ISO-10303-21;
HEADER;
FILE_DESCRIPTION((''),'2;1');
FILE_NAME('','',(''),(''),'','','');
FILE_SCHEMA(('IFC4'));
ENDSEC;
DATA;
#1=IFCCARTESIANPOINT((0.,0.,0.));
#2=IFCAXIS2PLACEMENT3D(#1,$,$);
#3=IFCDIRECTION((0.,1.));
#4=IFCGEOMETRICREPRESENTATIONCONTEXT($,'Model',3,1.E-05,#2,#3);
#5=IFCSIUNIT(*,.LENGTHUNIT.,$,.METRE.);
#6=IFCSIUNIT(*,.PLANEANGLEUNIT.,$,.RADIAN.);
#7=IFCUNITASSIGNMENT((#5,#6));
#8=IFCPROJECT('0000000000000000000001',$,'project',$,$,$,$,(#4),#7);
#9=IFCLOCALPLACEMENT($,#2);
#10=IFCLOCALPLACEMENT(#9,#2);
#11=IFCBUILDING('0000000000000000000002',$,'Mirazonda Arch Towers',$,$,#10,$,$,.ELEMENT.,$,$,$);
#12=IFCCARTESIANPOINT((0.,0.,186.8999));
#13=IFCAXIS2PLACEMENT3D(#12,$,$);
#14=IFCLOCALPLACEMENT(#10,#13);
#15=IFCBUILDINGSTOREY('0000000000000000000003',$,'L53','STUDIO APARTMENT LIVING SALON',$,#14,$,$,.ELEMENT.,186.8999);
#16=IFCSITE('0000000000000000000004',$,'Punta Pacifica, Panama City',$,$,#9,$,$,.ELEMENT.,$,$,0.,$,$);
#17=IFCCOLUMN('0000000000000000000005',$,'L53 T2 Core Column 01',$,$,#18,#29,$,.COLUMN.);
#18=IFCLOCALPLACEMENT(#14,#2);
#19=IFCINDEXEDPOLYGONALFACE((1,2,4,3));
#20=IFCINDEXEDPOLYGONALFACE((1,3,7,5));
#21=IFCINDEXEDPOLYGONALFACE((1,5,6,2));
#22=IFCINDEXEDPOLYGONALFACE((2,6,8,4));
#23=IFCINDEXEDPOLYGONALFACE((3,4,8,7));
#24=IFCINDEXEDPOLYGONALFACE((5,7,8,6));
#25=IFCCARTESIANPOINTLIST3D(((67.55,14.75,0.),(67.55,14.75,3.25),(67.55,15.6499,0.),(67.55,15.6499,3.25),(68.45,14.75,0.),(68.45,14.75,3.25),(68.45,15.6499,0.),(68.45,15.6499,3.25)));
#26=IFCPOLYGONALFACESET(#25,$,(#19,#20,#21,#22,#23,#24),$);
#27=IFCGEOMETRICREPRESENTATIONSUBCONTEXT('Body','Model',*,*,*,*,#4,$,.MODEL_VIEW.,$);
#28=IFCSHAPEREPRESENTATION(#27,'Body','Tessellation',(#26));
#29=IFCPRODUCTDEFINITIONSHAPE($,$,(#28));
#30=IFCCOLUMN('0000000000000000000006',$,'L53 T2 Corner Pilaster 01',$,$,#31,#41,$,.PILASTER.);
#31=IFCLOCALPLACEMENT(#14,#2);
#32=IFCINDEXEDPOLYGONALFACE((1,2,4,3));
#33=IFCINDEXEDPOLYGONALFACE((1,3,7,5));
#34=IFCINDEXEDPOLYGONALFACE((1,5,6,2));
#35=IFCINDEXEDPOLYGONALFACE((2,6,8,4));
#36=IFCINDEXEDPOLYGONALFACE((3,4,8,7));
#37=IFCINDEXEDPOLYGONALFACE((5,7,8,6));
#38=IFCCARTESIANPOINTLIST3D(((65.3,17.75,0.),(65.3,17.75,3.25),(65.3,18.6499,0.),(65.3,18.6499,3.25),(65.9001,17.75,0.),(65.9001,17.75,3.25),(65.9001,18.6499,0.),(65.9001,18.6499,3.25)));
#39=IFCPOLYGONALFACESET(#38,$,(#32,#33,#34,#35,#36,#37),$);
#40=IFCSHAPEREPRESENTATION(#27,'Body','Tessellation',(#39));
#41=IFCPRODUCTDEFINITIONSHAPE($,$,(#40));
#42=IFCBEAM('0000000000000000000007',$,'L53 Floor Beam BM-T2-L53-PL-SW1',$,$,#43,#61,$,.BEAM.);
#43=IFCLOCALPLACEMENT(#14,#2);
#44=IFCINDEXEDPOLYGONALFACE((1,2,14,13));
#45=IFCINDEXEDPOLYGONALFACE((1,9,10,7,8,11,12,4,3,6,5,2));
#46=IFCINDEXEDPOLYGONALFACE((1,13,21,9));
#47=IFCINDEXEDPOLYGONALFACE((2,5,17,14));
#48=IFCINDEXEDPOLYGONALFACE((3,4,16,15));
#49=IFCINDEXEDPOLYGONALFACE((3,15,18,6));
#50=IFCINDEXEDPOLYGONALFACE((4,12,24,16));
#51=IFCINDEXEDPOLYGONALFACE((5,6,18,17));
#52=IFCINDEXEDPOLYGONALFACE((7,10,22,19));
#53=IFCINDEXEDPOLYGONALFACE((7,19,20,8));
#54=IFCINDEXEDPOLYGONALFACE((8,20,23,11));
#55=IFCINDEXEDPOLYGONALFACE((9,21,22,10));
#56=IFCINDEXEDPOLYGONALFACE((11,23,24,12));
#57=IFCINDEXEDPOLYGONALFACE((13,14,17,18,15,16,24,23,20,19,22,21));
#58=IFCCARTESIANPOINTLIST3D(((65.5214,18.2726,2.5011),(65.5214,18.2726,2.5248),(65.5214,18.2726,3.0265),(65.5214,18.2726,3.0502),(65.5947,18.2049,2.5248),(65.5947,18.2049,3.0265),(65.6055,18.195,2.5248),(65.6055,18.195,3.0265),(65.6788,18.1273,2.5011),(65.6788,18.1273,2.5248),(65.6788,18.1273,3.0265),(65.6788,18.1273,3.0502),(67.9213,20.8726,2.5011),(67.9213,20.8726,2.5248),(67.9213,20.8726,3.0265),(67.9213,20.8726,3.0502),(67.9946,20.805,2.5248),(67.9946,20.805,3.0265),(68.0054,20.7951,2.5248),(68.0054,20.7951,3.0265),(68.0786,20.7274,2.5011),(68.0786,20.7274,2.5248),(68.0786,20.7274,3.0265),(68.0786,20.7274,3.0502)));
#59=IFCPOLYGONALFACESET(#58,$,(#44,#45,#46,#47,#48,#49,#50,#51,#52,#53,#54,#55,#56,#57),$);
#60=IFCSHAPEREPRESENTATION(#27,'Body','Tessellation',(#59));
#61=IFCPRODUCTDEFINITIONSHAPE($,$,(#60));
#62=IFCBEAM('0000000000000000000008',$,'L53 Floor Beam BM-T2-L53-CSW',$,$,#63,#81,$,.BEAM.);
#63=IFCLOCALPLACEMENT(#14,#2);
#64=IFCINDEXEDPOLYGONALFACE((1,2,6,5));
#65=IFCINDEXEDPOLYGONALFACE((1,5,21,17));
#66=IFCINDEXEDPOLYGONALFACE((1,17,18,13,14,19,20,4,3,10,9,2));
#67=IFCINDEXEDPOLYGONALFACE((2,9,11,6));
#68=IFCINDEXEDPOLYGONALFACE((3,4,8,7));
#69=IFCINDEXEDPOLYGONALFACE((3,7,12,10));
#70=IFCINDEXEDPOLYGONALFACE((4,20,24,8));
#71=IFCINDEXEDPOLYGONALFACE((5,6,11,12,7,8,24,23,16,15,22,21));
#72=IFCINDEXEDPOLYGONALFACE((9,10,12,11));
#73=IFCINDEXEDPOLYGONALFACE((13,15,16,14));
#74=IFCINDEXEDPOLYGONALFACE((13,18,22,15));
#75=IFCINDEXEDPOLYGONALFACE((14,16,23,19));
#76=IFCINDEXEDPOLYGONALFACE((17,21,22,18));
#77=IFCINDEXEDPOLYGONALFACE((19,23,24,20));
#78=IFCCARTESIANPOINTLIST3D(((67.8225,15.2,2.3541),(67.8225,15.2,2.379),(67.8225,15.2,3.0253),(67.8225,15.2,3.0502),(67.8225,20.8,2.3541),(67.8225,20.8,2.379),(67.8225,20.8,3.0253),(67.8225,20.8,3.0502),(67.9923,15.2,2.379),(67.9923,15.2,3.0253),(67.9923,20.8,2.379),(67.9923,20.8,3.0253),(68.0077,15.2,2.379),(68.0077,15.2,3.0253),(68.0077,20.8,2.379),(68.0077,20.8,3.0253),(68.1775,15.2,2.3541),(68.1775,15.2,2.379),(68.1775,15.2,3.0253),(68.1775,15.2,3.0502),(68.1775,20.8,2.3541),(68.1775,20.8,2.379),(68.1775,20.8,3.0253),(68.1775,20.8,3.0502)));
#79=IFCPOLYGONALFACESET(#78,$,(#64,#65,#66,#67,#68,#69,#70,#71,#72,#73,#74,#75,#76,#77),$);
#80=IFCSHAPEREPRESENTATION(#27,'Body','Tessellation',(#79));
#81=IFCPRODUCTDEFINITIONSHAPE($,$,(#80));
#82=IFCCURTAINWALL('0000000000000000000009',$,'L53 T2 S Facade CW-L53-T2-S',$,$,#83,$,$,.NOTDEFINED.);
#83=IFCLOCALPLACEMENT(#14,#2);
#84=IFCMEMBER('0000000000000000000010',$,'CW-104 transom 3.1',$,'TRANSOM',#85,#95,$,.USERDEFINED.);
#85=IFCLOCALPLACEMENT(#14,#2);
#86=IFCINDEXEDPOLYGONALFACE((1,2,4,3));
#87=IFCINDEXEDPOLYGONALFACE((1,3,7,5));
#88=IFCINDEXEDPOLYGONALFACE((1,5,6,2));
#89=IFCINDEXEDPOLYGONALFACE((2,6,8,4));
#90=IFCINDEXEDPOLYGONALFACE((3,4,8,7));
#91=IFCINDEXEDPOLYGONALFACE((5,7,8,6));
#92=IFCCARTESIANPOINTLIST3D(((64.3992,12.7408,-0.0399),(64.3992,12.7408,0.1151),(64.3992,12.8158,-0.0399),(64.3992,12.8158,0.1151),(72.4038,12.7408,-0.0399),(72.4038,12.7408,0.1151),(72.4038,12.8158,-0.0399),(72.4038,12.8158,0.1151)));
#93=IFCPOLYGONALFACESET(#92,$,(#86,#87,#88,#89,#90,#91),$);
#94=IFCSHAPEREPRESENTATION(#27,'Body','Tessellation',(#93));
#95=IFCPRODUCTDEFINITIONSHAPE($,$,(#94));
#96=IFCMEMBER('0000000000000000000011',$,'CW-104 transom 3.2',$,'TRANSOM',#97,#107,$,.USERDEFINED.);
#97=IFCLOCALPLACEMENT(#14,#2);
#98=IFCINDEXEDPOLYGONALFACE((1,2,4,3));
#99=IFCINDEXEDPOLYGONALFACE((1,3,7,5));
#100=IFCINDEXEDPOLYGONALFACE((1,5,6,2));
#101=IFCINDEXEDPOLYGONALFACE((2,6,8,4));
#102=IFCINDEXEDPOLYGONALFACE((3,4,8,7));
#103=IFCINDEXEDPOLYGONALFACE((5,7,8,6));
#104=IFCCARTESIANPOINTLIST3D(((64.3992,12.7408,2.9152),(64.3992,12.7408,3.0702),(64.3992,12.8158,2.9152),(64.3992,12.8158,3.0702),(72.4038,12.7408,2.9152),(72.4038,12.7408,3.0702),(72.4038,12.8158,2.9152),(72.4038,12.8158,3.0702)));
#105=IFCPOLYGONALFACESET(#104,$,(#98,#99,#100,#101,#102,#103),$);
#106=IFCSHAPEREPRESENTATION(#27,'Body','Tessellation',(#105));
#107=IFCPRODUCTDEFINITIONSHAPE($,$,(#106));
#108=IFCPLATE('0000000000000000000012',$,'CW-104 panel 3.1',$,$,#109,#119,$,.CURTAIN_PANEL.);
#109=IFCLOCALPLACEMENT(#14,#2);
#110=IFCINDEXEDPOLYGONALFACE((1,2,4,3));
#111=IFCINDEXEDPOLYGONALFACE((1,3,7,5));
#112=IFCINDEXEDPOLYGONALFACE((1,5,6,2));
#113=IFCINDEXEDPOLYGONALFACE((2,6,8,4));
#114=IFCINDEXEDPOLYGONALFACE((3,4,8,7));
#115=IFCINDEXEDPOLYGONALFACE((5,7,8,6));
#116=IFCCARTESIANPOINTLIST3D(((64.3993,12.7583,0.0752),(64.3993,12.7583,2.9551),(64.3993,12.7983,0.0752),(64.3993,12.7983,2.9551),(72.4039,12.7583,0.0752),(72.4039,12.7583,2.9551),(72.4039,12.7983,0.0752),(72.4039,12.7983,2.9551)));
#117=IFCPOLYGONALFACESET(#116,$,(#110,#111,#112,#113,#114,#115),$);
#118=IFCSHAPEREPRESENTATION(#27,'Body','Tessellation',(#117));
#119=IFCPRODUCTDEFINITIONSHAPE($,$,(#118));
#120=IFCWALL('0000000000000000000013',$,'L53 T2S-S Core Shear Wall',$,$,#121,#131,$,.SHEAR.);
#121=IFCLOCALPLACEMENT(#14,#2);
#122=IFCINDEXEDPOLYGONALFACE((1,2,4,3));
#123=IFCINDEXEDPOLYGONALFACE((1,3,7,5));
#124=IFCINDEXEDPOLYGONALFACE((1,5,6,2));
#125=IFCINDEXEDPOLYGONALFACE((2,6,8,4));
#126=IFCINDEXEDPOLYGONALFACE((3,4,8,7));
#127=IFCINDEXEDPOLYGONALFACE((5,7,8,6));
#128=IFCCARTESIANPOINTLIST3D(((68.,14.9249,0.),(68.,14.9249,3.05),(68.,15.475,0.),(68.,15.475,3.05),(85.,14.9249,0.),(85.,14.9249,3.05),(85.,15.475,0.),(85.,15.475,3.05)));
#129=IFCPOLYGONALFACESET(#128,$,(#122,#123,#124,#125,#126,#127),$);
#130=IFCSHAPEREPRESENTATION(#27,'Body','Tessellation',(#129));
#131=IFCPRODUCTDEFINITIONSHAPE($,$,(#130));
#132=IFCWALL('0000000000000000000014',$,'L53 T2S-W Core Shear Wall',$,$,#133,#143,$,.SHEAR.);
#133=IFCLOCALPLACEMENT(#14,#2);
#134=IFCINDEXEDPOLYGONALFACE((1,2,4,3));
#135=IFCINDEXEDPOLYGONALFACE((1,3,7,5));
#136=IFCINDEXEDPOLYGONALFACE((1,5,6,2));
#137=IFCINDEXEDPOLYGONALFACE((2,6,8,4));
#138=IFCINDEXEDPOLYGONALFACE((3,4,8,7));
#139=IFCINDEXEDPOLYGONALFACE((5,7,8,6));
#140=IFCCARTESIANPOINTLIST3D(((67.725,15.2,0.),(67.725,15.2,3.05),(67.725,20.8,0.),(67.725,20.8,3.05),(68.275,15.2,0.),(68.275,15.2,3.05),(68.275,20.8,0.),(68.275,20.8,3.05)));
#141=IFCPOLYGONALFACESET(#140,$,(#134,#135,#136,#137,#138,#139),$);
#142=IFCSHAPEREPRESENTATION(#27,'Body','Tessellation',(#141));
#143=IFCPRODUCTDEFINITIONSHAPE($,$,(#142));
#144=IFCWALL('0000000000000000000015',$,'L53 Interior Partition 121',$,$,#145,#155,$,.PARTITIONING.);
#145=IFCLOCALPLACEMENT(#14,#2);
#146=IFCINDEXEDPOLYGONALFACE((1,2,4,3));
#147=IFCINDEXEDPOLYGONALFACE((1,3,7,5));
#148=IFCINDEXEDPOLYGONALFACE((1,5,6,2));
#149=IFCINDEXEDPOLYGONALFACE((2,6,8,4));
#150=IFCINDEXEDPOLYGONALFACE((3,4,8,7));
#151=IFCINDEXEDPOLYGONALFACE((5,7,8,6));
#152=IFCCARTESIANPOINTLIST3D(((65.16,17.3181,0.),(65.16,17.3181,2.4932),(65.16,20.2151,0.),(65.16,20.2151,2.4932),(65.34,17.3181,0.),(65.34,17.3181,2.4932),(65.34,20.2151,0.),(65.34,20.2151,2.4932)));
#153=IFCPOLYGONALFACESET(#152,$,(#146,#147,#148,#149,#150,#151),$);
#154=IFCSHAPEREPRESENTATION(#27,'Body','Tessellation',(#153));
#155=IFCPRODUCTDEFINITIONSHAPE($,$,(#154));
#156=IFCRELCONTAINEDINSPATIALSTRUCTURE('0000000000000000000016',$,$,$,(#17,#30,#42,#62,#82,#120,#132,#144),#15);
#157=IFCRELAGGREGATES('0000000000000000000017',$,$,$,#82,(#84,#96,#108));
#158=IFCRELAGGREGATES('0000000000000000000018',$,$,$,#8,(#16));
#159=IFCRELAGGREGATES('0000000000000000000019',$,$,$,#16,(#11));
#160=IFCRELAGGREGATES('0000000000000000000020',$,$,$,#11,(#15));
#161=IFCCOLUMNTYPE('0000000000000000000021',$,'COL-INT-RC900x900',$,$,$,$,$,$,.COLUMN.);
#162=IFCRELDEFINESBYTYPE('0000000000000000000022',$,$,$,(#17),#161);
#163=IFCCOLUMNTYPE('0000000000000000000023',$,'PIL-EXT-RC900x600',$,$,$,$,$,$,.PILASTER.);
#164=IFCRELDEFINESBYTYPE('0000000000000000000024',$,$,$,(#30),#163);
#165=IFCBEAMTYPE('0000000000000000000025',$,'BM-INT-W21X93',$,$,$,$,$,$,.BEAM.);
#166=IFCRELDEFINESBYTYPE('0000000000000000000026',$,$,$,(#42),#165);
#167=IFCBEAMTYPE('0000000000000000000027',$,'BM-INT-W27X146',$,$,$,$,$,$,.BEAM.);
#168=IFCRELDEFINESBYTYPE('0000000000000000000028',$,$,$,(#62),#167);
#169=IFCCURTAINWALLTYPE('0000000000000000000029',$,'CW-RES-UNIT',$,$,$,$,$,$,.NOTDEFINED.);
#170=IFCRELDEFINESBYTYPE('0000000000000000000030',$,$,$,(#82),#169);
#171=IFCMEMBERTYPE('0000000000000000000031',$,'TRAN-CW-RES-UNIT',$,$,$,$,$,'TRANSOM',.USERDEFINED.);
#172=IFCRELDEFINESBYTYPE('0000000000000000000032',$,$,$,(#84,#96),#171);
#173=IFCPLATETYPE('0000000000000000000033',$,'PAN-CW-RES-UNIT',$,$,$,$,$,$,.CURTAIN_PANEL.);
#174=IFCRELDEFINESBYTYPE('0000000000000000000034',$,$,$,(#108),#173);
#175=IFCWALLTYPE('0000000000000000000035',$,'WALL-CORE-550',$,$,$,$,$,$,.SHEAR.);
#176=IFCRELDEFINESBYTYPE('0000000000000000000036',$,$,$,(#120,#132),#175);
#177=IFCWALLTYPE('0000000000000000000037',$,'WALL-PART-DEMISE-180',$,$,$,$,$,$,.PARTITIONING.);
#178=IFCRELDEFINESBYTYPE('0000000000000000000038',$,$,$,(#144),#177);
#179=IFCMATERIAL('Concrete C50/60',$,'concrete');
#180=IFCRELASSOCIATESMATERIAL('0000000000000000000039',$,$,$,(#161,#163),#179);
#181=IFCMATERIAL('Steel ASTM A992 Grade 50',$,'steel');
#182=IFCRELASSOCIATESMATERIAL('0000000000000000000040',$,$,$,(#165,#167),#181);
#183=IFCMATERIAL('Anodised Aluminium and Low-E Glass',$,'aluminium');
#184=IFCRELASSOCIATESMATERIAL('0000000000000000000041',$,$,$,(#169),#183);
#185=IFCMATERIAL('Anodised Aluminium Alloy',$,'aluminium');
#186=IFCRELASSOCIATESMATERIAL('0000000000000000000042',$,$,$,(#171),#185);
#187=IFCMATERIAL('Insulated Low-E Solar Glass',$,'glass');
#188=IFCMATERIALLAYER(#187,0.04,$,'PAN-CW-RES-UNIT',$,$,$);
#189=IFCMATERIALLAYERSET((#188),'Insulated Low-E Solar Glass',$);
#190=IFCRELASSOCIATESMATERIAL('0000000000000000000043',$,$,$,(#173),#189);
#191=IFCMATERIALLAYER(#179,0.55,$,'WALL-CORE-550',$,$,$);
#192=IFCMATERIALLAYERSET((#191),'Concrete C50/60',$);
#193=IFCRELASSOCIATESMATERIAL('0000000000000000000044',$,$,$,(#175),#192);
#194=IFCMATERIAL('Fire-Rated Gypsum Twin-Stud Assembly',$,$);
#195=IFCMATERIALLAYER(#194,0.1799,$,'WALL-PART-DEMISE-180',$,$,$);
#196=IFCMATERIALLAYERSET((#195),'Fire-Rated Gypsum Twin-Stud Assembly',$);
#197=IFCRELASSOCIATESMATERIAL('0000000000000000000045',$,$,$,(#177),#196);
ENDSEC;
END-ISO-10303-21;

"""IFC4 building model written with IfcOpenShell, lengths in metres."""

from ifc_helpers import new_model, si_unit, direction, frame, frame_2d, origin, origin_2d, place, context, subcontext, project, spatial, rectangle, i_section, extrude, material, layer, layer_set, material_profile, profile_set, type_object, element, aggregate, save


model = new_model("IFC4")

# Units and contexts
model_context = context("Model", 3, precision=1e-05, world=origin(), true_north=direction((0.0, 1.0)))
body_context = subcontext(model_context, "Body", "Model", "MODEL_VIEW")
ifc_project = project(units=[si_unit("LENGTHUNIT", "METRE"), si_unit("PLANEANGLEUNIT", "RADIAN")], contexts=[model_context])

# Site, building, storey
site_placement = place(None, origin())
site = spatial("IfcSite", under=ifc_project, at=site_placement, Name="Punta Pacifica, Panama City", CompositionType="ELEMENT", RefElevation=0.0)
building_placement = place(site_placement, origin())
building = spatial("IfcBuilding", under=site, at=building_placement, Name="Mirazonda Arch Towers", CompositionType="ELEMENT")
storey_placement = place(building_placement, frame((0.0, 0.0, 186.8999)))
storey = spatial("IfcBuildingStorey", under=building, at=storey_placement, Name="L53", Description="STUDIO APARTMENT LIVING SALON", CompositionType="ELEMENT", Elevation=186.8999)

# Columns
ifc_material_1 = material(Name="Concrete C50/60", Category="concrete")
ifc_material_profile_1 = material_profile(ifc_material_1, rectangle(XDim=0.8999, YDim=0.8999, at=origin_2d()), Name="RC900x900")
ifc_profile_set_1 = profile_set([ifc_material_profile_1], Name="Concrete C50/60")
column_type_1 = type_object("IfcColumnType", Name="COL-INT-RC900x900", PredefinedType="COLUMN", material=ifc_profile_set_1)
column_1_placement = place(storey_placement, frame((68.0, 15.2, 0.0), z_axis=(0.0, 0.0, 1.0), x_axis=(1.0, 0.0, 0.0)))
element("IfcColumn", 1, at=column_1_placement, inside=storey, type_object=column_type_1, Name="L53 T2 Core Column 01", PredefinedType="COLUMN", context=body_context, shape_type="SweptSolid", body=[
    extrude(rectangle(XDim=0.8999, YDim=0.8999, at=origin_2d()), origin(), (0.0, 0.0, 1.0), 3.25),
])
ifc_material_profile_2 = material_profile(ifc_material_1, rectangle(XDim=0.6001, YDim=0.8999, at=origin_2d()), Name="RC900x600")
ifc_profile_set_2 = profile_set([ifc_material_profile_2], Name="Concrete C50/60")
column_type_2 = type_object("IfcColumnType", Name="PIL-EXT-RC900x600", PredefinedType="PILASTER", material=ifc_profile_set_2)
column_2_placement = place(storey_placement, frame((65.6001, 18.2, 0.0), z_axis=(0.0, 0.0, 1.0), x_axis=(1.0, 0.0, 0.0)))
element("IfcColumn", 2, at=column_2_placement, inside=storey, type_object=column_type_2, Name="L53 T2 Corner Pilaster 01", PredefinedType="PILASTER", context=body_context, shape_type="SweptSolid", body=[
    extrude(rectangle(XDim=0.6001, YDim=0.8999, at=origin_2d()), origin(), (0.0, 0.0, 1.0), 3.25),
])

# Beams
ifc_material_2 = material(Name="Steel ASTM A992 Grade 50", Category="steel")
ifc_material_profile_3 = material_profile(ifc_material_2, i_section(OverallWidth=0.2141, OverallDepth=0.5491, WebThickness=0.0146, FlangeThickness=0.0237, at=origin_2d()), Name="W21X93")
ifc_profile_set_3 = profile_set([ifc_material_profile_3], Name="Steel ASTM A992 Grade 50")
beam_type_1 = type_object("IfcBeamType", Name="BM-INT-W21X93", PredefinedType="BEAM", material=ifc_profile_set_3)
beam_1_placement = place(storey_placement, frame((65.6001, 18.2, 2.7756), z_axis=(0.678251, 0.73483, 0.0), x_axis=(-0.73483, 0.678251, 0.0)))
element("IfcBeam", 3, at=beam_1_placement, inside=storey, type_object=beam_type_1, Name="L53 Floor Beam BM-T2-L53-PL-SW1", PredefinedType="BEAM", context=body_context, shape_type="SweptSolid", body=[
    extrude(i_section(OverallWidth=0.2141, OverallDepth=0.5491, WebThickness=0.0146, FlangeThickness=0.0237, at=origin_2d()), origin(), (0.0, 0.0, 1.0), 3.5383),
])
ifc_material_profile_4 = material_profile(ifc_material_2, i_section(OverallWidth=0.355, OverallDepth=0.696, WebThickness=0.0154, FlangeThickness=0.0249, at=origin_2d()), Name="W27X146")
ifc_profile_set_4 = profile_set([ifc_material_profile_4], Name="Steel ASTM A992 Grade 50")
beam_type_2 = type_object("IfcBeamType", Name="BM-INT-W27X146", PredefinedType="BEAM", material=ifc_profile_set_4)
beam_2_placement = place(storey_placement, frame((68.0, 15.2, 2.7021), z_axis=(0.0, 1.0, 0.0), x_axis=(-1.0, 0.0, 0.0)))
element("IfcBeam", 4, at=beam_2_placement, inside=storey, type_object=beam_type_2, Name="L53 Floor Beam BM-T2-L53-CSW", PredefinedType="BEAM", context=body_context, shape_type="SweptSolid", body=[
    extrude(i_section(OverallWidth=0.355, OverallDepth=0.696, WebThickness=0.0154, FlangeThickness=0.0249, at=origin_2d()), origin(), (0.0, 0.0, 1.0), 5.6001),
])

# Curtain wall, members, plate
ifc_material_3 = material(Name="Anodised Aluminium and Low-E Glass", Category="aluminium")
curtain_wall_type = type_object("IfcCurtainWallType", Name="CW-RES-UNIT", PredefinedType="NOTDEFINED", material=ifc_material_3)
curtain_wall_placement = place(storey_placement, origin())
curtain_wall = element("IfcCurtainWall", 5, at=curtain_wall_placement, inside=storey, type_object=curtain_wall_type, Name="L53 T2 S Facade CW-L53-T2-S", PredefinedType="NOTDEFINED")
ifc_material_4 = material(Name="Anodised Aluminium Alloy", Category="aluminium")
ifc_material_profile_5 = material_profile(ifc_material_4, rectangle(XDim=0.075, YDim=0.155, at=origin_2d()), Name="ALU-TRAN-75x155")
ifc_profile_set_5 = profile_set([ifc_material_profile_5], Name="Anodised Aluminium Alloy")
member_type = type_object("IfcMemberType", Name="TRAN-CW-RES-UNIT", ElementType="TRANSOM", PredefinedType="USERDEFINED", material=ifc_profile_set_5)
member_1_placement = place(storey_placement, frame((72.4038, 12.7783, 0.0376), z_axis=(-1.0, 0.0, 0.0), x_axis=(0.0, -1.0, 0.0)))
member_1 = element("IfcMember", 6, at=member_1_placement, type_object=member_type, Name="CW-104 transom 3.1", ObjectType="TRANSOM", PredefinedType="USERDEFINED", context=body_context, shape_type="SweptSolid", body=[
    extrude(rectangle(XDim=0.075, YDim=0.155, at=origin_2d()), origin(), (0.0, 0.0, 1.0), 8.0046),
])
member_2_placement = place(storey_placement, frame((72.4038, 12.7783, 2.9927), z_axis=(-1.0, 0.0, 0.0), x_axis=(0.0, -1.0, 0.0)))
member_2 = element("IfcMember", 7, at=member_2_placement, type_object=member_type, Name="CW-104 transom 3.2", ObjectType="TRANSOM", PredefinedType="USERDEFINED", context=body_context, shape_type="SweptSolid", body=[
    extrude(rectangle(XDim=0.075, YDim=0.155, at=origin_2d()), origin(), (0.0, 0.0, 1.0), 8.0046),
])
ifc_material_5 = material(Name="Insulated Low-E Solar Glass", Category="glass")
ifc_layer_1 = layer(ifc_material_5, 0.04, Name="PAN-CW-RES-UNIT")
ifc_layer_set_1 = layer_set([ifc_layer_1], Name="Insulated Low-E Solar Glass")
plate_type = type_object("IfcPlateType", Name="PAN-CW-RES-UNIT", PredefinedType="CURTAIN_PANEL", material=ifc_layer_set_1)
plate_placement = place(storey_placement, frame((68.4016, 12.7783, 0.0752), z_axis=(0.0, 0.0, 1.0), x_axis=(-1.0, 0.0, 0.0)))
plate = element("IfcPlate", 8, at=plate_placement, type_object=plate_type, Name="CW-104 panel 3.1", PredefinedType="CURTAIN_PANEL", context=body_context, shape_type="SweptSolid", body=[
    extrude(rectangle(XDim=8.0046, YDim=0.04, at=origin_2d()), origin(), (0.0, 0.0, 1.0), 2.8799),
])
aggregate(curtain_wall, [member_1, member_2, plate])

# Walls
ifc_layer_2 = layer(ifc_material_1, 0.55, Name="WALL-CORE-550")
ifc_layer_set_2 = layer_set([ifc_layer_2], Name="Concrete C50/60")
wall_type_1 = type_object("IfcWallType", Name="WALL-CORE-550", PredefinedType="SHEAR", material=ifc_layer_set_2)
wall_1_placement = place(storey_placement, frame((68.0, 15.2, 0.0), z_axis=(0.0, 0.0, 1.0), x_axis=(1.0, 0.0, 0.0)))
element("IfcWall", 9, at=wall_1_placement, inside=storey, type_object=wall_type_1, Name="L53 T2S-S Core Shear Wall", PredefinedType="SHEAR", context=body_context, shape_type="SweptSolid", body=[
    extrude(rectangle(XDim=17.0, YDim=0.55, at=frame_2d((8.5, 0.0))), origin(), (0.0, 0.0, 1.0), 3.05),
])
wall_2_placement = place(storey_placement, frame((68.0, 15.2, 0.0), z_axis=(0.0, 0.0, 1.0), x_axis=(0.0, 1.0, 0.0)))
element("IfcWall", 10, at=wall_2_placement, inside=storey, type_object=wall_type_1, Name="L53 T2S-W Core Shear Wall", PredefinedType="SHEAR", context=body_context, shape_type="SweptSolid", body=[
    extrude(rectangle(XDim=5.6001, YDim=0.55, at=frame_2d((2.8, 0.0))), origin(), (0.0, 0.0, 1.0), 3.05),
])
ifc_material_6 = material(Name="Fire-Rated Gypsum Twin-Stud Assembly")
ifc_layer_3 = layer(ifc_material_6, 0.1799, Name="WALL-PART-DEMISE-180")
ifc_layer_set_3 = layer_set([ifc_layer_3], Name="Fire-Rated Gypsum Twin-Stud Assembly")
wall_type_2 = type_object("IfcWallType", Name="WALL-PART-DEMISE-180", PredefinedType="PARTITIONING", material=ifc_layer_set_3)
wall_3_placement = place(storey_placement, frame((65.25, 17.3181, 0.0), z_axis=(0.0, 0.0, 1.0), x_axis=(0.0, 1.0, 0.0)))
element("IfcWall", 11, at=wall_3_placement, inside=storey, type_object=wall_type_2, Name="L53 Interior Partition 121", PredefinedType="PARTITIONING", context=body_context, shape_type="SweptSolid", body=[
    extrude(rectangle(XDim=2.897, YDim=0.1799, at=frame_2d((1.4485, 0.0))), origin(), (0.0, 0.0, 1.0), 2.4932),
])

save(model, "model.ifc")
